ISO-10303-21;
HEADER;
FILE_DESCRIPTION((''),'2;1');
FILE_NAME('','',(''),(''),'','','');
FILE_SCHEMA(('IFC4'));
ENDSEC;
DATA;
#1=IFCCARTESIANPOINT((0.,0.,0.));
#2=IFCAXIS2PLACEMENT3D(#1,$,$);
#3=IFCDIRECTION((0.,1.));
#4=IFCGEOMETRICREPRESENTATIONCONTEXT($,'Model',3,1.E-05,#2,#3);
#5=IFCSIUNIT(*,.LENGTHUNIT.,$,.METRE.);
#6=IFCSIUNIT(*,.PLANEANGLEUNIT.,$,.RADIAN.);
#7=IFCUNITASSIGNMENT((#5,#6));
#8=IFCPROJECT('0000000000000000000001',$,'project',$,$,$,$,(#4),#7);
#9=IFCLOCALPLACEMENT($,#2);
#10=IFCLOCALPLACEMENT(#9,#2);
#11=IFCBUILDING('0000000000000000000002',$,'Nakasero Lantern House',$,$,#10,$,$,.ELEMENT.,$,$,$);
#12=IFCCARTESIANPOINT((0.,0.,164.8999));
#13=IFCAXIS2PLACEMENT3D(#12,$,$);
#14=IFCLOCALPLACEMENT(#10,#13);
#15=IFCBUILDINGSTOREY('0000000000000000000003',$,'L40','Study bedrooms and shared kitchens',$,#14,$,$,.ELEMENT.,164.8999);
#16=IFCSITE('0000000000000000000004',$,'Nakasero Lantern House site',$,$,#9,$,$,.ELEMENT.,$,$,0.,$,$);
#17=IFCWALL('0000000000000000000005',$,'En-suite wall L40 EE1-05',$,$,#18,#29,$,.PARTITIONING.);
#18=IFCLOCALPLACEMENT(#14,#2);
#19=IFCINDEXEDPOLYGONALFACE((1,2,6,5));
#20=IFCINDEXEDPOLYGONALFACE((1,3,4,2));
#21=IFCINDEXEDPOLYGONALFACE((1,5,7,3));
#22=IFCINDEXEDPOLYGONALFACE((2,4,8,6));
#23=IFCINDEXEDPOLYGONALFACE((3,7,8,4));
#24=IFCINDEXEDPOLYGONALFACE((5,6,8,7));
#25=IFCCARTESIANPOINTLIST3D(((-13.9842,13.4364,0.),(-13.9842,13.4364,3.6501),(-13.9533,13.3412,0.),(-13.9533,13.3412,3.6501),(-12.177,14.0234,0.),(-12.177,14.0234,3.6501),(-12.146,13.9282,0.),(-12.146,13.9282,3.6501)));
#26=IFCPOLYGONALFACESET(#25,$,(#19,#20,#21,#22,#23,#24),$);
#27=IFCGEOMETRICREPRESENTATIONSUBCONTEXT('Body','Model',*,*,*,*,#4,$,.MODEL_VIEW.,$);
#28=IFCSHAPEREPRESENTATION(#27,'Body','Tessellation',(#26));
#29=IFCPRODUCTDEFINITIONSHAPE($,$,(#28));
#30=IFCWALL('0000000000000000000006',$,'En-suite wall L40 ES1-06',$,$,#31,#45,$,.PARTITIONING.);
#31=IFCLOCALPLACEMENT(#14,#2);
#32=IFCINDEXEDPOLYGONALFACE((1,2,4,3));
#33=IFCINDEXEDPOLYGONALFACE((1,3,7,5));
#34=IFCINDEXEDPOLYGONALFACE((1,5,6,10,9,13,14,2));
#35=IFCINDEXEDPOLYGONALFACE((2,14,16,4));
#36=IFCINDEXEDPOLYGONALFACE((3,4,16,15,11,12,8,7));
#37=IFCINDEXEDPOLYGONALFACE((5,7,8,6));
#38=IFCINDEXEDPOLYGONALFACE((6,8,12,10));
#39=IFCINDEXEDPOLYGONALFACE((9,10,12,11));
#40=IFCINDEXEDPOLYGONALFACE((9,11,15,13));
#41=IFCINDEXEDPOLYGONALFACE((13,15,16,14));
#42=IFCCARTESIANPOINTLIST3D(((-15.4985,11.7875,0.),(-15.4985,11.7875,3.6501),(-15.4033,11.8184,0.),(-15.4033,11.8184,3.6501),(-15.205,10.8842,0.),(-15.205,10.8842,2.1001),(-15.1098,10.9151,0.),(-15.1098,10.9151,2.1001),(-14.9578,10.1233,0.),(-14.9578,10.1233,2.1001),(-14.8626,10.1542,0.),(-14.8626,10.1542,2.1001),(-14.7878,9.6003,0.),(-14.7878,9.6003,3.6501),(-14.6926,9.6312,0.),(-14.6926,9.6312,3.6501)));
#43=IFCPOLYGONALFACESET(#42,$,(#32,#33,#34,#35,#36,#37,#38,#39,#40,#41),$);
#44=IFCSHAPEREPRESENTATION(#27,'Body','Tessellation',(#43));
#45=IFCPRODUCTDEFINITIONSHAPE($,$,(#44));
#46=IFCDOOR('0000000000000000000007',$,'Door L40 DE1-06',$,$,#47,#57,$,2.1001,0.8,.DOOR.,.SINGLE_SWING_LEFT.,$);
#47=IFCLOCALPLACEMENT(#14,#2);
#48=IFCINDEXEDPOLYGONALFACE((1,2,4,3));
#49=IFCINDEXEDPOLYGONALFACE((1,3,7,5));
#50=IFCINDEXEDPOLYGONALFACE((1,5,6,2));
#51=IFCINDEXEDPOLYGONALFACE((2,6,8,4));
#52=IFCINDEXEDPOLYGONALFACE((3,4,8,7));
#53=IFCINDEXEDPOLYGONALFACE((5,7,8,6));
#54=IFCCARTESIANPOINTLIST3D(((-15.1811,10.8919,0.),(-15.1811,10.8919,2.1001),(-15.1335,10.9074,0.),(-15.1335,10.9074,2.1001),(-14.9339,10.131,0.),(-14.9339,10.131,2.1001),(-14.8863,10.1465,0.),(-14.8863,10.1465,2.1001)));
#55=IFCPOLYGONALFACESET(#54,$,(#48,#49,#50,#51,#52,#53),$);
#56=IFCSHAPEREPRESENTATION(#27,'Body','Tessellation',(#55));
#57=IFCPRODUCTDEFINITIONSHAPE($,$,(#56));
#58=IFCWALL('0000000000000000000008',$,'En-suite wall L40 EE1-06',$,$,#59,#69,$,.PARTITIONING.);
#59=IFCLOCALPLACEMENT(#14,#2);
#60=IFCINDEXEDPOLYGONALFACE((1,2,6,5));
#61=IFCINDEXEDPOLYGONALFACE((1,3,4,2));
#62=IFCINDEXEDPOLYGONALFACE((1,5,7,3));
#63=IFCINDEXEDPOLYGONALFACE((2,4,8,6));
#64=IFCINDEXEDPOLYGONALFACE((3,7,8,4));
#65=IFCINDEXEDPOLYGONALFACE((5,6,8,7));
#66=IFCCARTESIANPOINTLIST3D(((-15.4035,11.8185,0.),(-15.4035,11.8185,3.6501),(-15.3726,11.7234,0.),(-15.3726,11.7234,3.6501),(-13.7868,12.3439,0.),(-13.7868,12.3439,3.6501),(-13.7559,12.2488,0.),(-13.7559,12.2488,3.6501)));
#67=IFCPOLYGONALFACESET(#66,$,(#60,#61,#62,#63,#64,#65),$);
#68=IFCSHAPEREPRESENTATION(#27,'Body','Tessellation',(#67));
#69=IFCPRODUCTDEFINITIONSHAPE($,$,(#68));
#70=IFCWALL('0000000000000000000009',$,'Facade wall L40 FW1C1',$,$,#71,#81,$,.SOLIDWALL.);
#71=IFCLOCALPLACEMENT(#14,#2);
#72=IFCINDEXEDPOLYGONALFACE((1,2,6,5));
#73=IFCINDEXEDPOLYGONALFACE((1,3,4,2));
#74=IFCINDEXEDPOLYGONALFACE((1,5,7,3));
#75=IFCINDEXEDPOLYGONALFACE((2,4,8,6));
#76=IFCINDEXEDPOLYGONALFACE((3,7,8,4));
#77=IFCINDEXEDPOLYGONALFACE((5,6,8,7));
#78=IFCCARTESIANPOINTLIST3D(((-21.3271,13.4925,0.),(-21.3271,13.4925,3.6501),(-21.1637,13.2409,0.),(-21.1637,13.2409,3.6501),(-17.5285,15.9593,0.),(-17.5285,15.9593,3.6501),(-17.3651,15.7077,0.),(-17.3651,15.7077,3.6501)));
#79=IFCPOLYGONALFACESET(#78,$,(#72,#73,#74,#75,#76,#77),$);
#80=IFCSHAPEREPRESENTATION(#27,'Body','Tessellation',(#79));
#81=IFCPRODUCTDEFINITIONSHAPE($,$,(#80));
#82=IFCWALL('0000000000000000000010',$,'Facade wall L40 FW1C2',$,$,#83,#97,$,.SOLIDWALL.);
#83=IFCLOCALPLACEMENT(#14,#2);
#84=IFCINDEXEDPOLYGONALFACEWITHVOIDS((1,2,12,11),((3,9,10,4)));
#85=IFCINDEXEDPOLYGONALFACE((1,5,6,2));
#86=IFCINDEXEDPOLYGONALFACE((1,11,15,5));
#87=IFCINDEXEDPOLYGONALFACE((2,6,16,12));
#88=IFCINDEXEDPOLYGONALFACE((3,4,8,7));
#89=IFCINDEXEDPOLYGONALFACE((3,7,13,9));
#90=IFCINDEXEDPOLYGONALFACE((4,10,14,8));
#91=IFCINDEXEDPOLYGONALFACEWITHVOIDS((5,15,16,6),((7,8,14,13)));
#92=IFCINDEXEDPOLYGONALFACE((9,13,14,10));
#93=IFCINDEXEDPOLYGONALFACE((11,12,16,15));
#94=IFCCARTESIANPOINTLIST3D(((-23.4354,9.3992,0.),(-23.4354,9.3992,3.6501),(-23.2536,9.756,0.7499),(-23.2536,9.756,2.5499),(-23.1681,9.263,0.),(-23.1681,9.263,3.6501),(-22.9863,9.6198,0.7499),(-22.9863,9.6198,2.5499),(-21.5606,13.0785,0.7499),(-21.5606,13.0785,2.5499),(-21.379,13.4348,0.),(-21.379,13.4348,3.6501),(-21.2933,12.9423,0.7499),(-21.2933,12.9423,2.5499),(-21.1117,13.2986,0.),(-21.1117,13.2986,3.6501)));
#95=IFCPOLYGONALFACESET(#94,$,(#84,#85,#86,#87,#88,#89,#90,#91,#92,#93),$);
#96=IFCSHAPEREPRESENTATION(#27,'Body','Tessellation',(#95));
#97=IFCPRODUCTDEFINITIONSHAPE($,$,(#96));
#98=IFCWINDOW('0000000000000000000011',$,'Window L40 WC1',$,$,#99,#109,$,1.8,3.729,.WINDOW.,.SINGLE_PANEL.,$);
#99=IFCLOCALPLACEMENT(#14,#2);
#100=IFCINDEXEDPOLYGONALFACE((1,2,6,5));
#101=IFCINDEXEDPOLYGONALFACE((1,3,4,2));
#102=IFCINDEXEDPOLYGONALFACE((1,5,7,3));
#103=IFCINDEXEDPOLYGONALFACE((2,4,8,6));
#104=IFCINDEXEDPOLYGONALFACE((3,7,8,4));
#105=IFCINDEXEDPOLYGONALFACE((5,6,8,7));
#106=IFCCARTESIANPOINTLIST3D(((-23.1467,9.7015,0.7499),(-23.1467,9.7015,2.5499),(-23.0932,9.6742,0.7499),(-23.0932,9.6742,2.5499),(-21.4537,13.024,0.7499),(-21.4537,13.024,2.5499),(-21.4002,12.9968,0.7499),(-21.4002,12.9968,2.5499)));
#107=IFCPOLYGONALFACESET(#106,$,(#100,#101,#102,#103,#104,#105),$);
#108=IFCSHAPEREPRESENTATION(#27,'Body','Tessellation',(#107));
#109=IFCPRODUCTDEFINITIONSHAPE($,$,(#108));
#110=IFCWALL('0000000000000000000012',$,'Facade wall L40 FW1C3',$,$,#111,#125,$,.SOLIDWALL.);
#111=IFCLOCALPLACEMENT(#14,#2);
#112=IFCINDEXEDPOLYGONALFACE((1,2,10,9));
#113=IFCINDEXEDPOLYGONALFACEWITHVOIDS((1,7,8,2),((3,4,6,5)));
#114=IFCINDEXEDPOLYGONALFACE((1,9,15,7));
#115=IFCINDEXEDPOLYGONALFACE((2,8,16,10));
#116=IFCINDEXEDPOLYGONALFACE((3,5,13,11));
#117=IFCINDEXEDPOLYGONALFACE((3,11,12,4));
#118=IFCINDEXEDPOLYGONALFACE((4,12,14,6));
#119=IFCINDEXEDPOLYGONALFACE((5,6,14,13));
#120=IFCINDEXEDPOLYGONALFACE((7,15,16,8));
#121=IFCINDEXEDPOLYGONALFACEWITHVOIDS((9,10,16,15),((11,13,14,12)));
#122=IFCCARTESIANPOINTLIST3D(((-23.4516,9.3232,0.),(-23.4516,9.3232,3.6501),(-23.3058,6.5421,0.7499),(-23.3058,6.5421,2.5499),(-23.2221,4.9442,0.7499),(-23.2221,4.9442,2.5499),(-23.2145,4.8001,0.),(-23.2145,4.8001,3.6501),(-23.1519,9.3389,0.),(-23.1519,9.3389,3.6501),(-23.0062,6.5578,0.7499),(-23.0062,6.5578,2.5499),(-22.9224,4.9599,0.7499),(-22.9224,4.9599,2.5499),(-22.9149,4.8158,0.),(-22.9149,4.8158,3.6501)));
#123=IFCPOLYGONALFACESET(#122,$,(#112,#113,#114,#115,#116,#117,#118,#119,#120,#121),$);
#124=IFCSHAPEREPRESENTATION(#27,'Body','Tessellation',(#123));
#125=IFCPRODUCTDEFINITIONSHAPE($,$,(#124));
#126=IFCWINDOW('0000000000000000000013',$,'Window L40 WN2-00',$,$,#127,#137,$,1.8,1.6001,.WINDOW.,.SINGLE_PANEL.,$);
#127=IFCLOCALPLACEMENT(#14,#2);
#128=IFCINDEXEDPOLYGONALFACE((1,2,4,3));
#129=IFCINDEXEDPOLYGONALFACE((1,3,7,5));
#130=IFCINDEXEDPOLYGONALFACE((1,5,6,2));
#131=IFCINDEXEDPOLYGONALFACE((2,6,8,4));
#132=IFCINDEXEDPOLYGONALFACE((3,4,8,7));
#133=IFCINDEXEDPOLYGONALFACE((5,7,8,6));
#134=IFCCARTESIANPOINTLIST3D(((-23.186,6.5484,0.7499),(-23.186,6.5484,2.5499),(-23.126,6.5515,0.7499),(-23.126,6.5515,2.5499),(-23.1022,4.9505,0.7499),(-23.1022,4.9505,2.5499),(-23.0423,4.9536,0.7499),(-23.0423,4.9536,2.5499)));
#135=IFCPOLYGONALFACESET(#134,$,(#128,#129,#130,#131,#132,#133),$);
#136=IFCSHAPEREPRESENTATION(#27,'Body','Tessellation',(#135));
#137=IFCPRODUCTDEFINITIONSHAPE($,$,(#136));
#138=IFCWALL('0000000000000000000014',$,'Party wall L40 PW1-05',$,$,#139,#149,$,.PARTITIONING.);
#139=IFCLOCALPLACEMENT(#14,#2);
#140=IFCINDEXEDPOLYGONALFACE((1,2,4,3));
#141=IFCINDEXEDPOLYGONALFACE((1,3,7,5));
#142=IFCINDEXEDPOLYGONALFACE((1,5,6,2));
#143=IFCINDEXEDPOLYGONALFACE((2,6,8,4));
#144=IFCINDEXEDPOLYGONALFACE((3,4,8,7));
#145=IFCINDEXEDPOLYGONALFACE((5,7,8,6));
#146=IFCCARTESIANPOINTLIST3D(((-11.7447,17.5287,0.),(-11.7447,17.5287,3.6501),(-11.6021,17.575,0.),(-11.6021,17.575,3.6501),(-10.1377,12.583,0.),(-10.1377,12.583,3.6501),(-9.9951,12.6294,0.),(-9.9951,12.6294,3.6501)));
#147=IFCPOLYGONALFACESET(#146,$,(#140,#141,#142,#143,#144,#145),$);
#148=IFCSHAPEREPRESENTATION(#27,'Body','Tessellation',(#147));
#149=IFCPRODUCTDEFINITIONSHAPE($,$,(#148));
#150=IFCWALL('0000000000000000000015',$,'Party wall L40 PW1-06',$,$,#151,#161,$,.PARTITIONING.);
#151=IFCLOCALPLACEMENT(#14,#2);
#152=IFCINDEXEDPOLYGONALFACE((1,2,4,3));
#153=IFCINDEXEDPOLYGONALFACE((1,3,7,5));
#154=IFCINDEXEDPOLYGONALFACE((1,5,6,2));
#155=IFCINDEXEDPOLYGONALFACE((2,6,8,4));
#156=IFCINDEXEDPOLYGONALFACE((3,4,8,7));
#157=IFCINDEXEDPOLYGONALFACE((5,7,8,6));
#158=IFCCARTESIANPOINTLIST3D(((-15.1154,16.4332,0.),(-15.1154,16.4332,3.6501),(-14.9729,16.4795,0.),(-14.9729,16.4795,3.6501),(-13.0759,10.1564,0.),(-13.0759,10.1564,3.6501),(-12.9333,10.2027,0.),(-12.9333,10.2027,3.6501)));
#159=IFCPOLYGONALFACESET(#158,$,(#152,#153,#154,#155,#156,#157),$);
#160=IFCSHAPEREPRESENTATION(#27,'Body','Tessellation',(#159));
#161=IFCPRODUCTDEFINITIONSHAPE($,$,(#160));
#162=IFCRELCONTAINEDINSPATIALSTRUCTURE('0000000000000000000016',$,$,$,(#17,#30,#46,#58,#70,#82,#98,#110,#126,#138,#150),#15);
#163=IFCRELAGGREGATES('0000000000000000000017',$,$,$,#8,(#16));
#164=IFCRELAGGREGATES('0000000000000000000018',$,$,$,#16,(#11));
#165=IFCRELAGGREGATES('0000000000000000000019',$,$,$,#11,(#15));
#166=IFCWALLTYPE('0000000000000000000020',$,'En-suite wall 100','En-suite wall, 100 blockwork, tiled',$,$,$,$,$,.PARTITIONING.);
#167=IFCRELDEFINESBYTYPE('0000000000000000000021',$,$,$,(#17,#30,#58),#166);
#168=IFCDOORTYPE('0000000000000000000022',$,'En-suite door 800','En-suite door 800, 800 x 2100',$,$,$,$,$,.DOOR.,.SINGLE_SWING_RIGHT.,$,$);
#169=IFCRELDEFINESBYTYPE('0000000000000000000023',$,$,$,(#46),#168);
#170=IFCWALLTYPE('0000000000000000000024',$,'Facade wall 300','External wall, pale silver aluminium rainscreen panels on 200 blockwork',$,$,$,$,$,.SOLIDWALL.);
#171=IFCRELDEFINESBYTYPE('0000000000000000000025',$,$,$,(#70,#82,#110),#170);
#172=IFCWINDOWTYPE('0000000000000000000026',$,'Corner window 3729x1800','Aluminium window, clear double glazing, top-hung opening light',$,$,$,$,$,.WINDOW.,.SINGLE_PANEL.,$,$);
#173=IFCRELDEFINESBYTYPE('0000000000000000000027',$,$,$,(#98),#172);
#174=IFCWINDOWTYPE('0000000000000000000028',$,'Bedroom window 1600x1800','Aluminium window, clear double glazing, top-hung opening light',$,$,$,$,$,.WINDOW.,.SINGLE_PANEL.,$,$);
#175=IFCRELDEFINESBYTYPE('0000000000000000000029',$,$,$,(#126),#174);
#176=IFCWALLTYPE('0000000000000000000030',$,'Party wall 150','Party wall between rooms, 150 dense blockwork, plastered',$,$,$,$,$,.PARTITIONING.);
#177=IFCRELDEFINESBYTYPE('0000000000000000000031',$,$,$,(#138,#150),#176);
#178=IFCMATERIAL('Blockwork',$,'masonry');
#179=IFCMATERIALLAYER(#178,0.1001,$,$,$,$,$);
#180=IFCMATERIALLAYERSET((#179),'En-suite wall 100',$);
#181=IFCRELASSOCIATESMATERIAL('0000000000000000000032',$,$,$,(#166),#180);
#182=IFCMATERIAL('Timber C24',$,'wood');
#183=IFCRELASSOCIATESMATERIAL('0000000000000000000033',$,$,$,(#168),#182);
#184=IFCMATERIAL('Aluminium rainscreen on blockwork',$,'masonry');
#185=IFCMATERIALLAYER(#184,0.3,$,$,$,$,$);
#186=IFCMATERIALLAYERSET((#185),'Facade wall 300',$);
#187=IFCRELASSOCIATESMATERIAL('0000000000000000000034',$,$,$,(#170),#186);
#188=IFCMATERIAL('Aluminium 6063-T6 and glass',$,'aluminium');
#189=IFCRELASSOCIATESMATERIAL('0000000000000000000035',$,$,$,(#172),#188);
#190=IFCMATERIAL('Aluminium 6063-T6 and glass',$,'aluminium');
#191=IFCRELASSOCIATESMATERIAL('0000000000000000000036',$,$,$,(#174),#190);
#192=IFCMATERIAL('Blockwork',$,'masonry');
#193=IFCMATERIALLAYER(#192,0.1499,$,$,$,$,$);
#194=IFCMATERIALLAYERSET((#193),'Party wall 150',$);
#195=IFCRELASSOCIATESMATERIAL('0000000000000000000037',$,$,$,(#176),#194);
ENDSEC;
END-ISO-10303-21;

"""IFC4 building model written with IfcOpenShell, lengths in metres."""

from ifc_helpers import new_model, si_unit, direction, frame, frame_2d, origin, place, context, subcontext, project, spatial, rectangle, extrude, material, layer, layer_set, type_object, element, fill, save


model = new_model("IFC4")

# Units and contexts
model_context = context("Model", 3, precision=1e-05, world=origin(), true_north=direction((0.0, 1.0)))
body_context = subcontext(model_context, "Body", "Model", "MODEL_VIEW")
ifc_project = project(units=[si_unit("LENGTHUNIT", "METRE"), si_unit("PLANEANGLEUNIT", "RADIAN")], contexts=[model_context])

# Site, building, storey
site_placement = place(None, origin())
site = spatial("IfcSite", under=ifc_project, at=site_placement, Name="Nakasero Lantern House site", CompositionType="ELEMENT", RefElevation=0.0)
building_placement = place(site_placement, origin())
building = spatial("IfcBuilding", under=site, at=building_placement, Name="Nakasero Lantern House", CompositionType="ELEMENT")
storey_placement = place(building_placement, frame((0.0, 0.0, 164.8999)))
storey = spatial("IfcBuildingStorey", under=building, at=storey_placement, Name="L40", Description="Study bedrooms and shared kitchens", CompositionType="ELEMENT", Elevation=164.8999)

# Shared definitions
ifc_material_1 = material(Name="Blockwork", Category="masonry")
ifc_layer_1 = layer(ifc_material_1, 0.1001)
ifc_layer_set_1 = layer_set([ifc_layer_1], Name="En-suite wall 100")
wall_type_1 = type_object("IfcWallType", Name="En-suite wall 100", Description="En-suite wall, 100 blockwork, tiled", PredefinedType="PARTITIONING", material=ifc_layer_set_1)
ifc_material_2 = material(Name="Timber C24", Category="wood")
door_type_1 = type_object("IfcDoorType", Name="En-suite door 800", Description="En-suite door 800, 800 x 2100", OperationType="SINGLE_SWING_RIGHT", PredefinedType="DOOR", material=ifc_material_2)

# Wall
wall_1_placement = place(storey_placement, frame((-12.1614, 13.9758, 0.0), z_axis=(0.0, 0.0, 1.0), x_axis=(-0.951096, -0.308894, 0.0)))
element("IfcWall", 1, at=wall_1_placement, inside=storey, type_object=wall_type_1, Name="En-suite wall L40 EE1-05", PredefinedType="PARTITIONING", context=body_context, shape_type="SweptSolid", body=[
    extrude(rectangle(XDim=1.9001, YDim=0.1001, at=frame_2d((0.9502, 0.0))), origin(), (0.0, 0.0, 1.0), 3.6501),
])

# Wall, opening, door
wall_2_placement = place(storey_placement, frame((-14.7402, 9.6157, 0.0), z_axis=(0.0, 0.0, 1.0), x_axis=(-0.309021, 0.951055, 0.0)))
wall_2 = element("IfcWall", 2, at=wall_2_placement, inside=storey, type_object=wall_type_1, Name="En-suite wall L40 ES1-06", PredefinedType="PARTITIONING", context=body_context, shape_type="SweptSolid", body=[
    extrude(rectangle(XDim=2.2998, YDim=0.1001, at=frame_2d((1.1499, 0.0))), origin(), (0.0, 0.0, 1.0), 3.6501),
])
opening_1_placement = place(wall_2_placement, frame((0.55, 0.0, 0.0)))
opening_1 = element("IfcOpeningElement", 3, at=opening_1_placement, cuts=wall_2, PredefinedType="OPENING", context=body_context, shape_type="SweptSolid", body=[
    extrude(rectangle(XDim=0.8, YDim=2.1001, at=frame_2d((0.3999, 1.05))), frame((0.0, 0.0701, 0.0), z_axis=(0.0, -1.0, 0.0), x_axis=(1.0, 0.0, 0.0)), (0.0, 0.0, 1.0), 0.1401),
])
door_1_placement = place(opening_1_placement, origin())
door_1 = element("IfcDoor", 4, at=door_1_placement, inside=storey, type_object=door_type_1, Name="Door L40 DE1-06", OperationType="SINGLE_SWING_LEFT", OverallHeight=2.1001, OverallWidth=0.8, PredefinedType="DOOR", context=body_context, shape_type="SweptSolid", body=[
    extrude(rectangle(XDim=0.8, YDim=2.1001, at=frame_2d((0.3999, 1.05))), frame((0.0, 0.0249, 0.0), z_axis=(0.0, -1.0, 0.0), x_axis=(1.0, 0.0, 0.0)), (0.0, 0.0, 1.0), 0.05),
])
fill(opening_1, door_1)

# Walls
wall_3_placement = place(storey_placement, frame((-13.7712, 12.2964, 0.0), z_axis=(0.0, 0.0, 1.0), x_axis=(-0.95104, -0.309067, 0.0)))
element("IfcWall", 5, at=wall_3_placement, inside=storey, type_object=wall_type_1, Name="En-suite wall L40 EE1-06", PredefinedType="PARTITIONING", context=body_context, shape_type="SweptSolid", body=[
    extrude(rectangle(XDim=1.7, YDim=0.1001, at=frame_2d((0.8501, 0.0))), origin(), (0.0, 0.0, 1.0), 3.6501),
])
ifc_material_3 = material(Name="Aluminium rainscreen on blockwork", Category="masonry")
ifc_layer_2 = layer(ifc_material_3, 0.3)
ifc_layer_set_2 = layer_set([ifc_layer_2], Name="Facade wall 300")
wall_type_2 = type_object("IfcWallType", Name="Facade wall 300", Description="External wall, pale silver aluminium rainscreen panels on 200 blockwork", PredefinedType="SOLIDWALL", material=ifc_layer_set_2)
wall_4_placement = place(storey_placement, frame((-17.4468, 15.8335, 0.0), z_axis=(0.0, 0.0, 1.0), x_axis=(-0.838674, -0.544634, 0.0)))
element("IfcWall", 6, at=wall_4_placement, inside=storey, type_object=wall_type_2, Name="Facade wall L40 FW1C1", PredefinedType="SOLIDWALL", context=body_context, shape_type="SweptSolid", body=[
    extrude(rectangle(XDim=4.5293, YDim=0.3, at=frame_2d((2.2646, 0.0))), origin(), (0.0, 0.0, 1.0), 3.6501),
])

# Walls, openings, windows
wall_5_placement = place(storey_placement, frame((-21.2454, 13.3667, 0.0), z_axis=(0.0, 0.0, 1.0), x_axis=(-0.454014, -0.890995, 0.0)))
wall_5 = element("IfcWall", 7, at=wall_5_placement, inside=storey, type_object=wall_type_2, Name="Facade wall L40 FW1C2", PredefinedType="SOLIDWALL", context=body_context, shape_type="SweptSolid", body=[
    extrude(rectangle(XDim=4.5293, YDim=0.3, at=frame_2d((2.2646, 0.0))), origin(), (0.0, 0.0, 1.0), 3.6501),
])
opening_2_placement = place(wall_5_placement, frame((0.3999, 0.0, 0.75)))
opening_2 = element("IfcOpeningElement", 8, at=opening_2_placement, cuts=wall_5, PredefinedType="OPENING", context=body_context, shape_type="SweptSolid", body=[
    extrude(rectangle(XDim=3.729, YDim=1.8, at=frame_2d((1.8645, 0.8999))), frame((0.0, 0.1699, 0.0), z_axis=(0.0, -1.0, 0.0), x_axis=(1.0, 0.0, 0.0)), (0.0, 0.0, 1.0), 0.3401),
])
ifc_material_4 = material(Name="Aluminium 6063-T6 and glass", Category="aluminium")
window_type_1 = type_object("IfcWindowType", Name="Corner window 3729x1800", Description="Aluminium window, clear double glazing, top-hung opening light", PartitioningType="SINGLE_PANEL", PredefinedType="WINDOW", material=ifc_material_4)
window_1_placement = place(opening_2_placement, origin())
window_1 = element("IfcWindow", 9, at=window_1_placement, inside=storey, type_object=window_type_1, Name="Window L40 WC1", OverallHeight=1.8, OverallWidth=3.729, PartitioningType="SINGLE_PANEL", PredefinedType="WINDOW", context=body_context, shape_type="SweptSolid", body=[
    extrude(rectangle(XDim=3.729, YDim=1.8, at=frame_2d((1.8645, 0.8999))), frame((0.0, 0.03, 0.0), z_axis=(0.0, -1.0, 0.0), x_axis=(1.0, 0.0, 0.0)), (0.0, 0.0, 1.0), 0.0601),
])
fill(opening_2, window_1)
wall_6_placement = place(storey_placement, frame((-23.3018, 9.3311, 0.0), z_axis=(0.0, 0.0, 1.0), x_axis=(0.052338, -0.998629, 0.0)))
wall_6 = element("IfcWall", 10, at=wall_6_placement, inside=storey, type_object=wall_type_2, Name="Facade wall L40 FW1C3", PredefinedType="SOLIDWALL", context=body_context, shape_type="SweptSolid", body=[
    extrude(rectangle(XDim=4.5293, YDim=0.3, at=frame_2d((2.2646, 0.0))), origin(), (0.0, 0.0, 1.0), 3.6501),
])
opening_3_placement = place(wall_6_placement, frame((2.7849, 0.0, 0.75)))
opening_3 = element("IfcOpeningElement", 11, at=opening_3_placement, cuts=wall_6, PredefinedType="OPENING", context=body_context, shape_type="SweptSolid", body=[
    extrude(rectangle(XDim=1.6001, YDim=1.8, at=frame_2d((0.8, 0.8999))), frame((0.0, 0.1699, 0.0), z_axis=(0.0, -1.0, 0.0), x_axis=(1.0, 0.0, 0.0)), (0.0, 0.0, 1.0), 0.3401),
])
ifc_material_5 = material(Name="Aluminium 6063-T6 and glass", Category="aluminium")
window_type_2 = type_object("IfcWindowType", Name="Bedroom window 1600x1800", Description="Aluminium window, clear double glazing, top-hung opening light", PartitioningType="SINGLE_PANEL", PredefinedType="WINDOW", material=ifc_material_5)
window_2_placement = place(opening_3_placement, origin())
window_2 = element("IfcWindow", 12, at=window_2_placement, inside=storey, type_object=window_type_2, Name="Window L40 WN2-00", OverallHeight=1.8, OverallWidth=1.6001, PartitioningType="SINGLE_PANEL", PredefinedType="WINDOW", context=body_context, shape_type="SweptSolid", body=[
    extrude(rectangle(XDim=1.6001, YDim=1.8, at=frame_2d((0.8, 0.8999))), frame((0.0, 0.03, 0.0), z_axis=(0.0, -1.0, 0.0), x_axis=(1.0, 0.0, 0.0)), (0.0, 0.0, 1.0), 0.0601),
])
fill(opening_3, window_2)

# Walls
ifc_material_6 = material(Name="Blockwork", Category="masonry")
ifc_layer_3 = layer(ifc_material_6, 0.1499)
ifc_layer_set_3 = layer_set([ifc_layer_3], Name="Party wall 150")
wall_type_3 = type_object("IfcWallType", Name="Party wall 150", Description="Party wall between rooms, 150 dense blockwork, plastered", PredefinedType="PARTITIONING", material=ifc_layer_set_3)
wall_7_placement = place(storey_placement, frame((-10.0664, 12.6062, 0.0), z_axis=(0.0, 0.0, 1.0), x_axis=(-0.309021, 0.951055, 0.0)))
element("IfcWall", 13, at=wall_7_placement, inside=storey, type_object=wall_type_3, Name="Party wall L40 PW1-05", PredefinedType="PARTITIONING", context=body_context, shape_type="SweptSolid", body=[
    extrude(rectangle(XDim=5.2002, YDim=0.1499, at=frame_2d((2.6001, 0.0))), origin(), (0.0, 0.0, 1.0), 3.6501),
])
wall_8_placement = place(storey_placement, frame((-13.0046, 10.1797, 0.0), z_axis=(0.0, 0.0, 1.0), x_axis=(-0.309028, 0.951053, 0.0)))
element("IfcWall", 14, at=wall_8_placement, inside=storey, type_object=wall_type_3, Name="Party wall L40 PW1-06", PredefinedType="PARTITIONING", context=body_context, shape_type="SweptSolid", body=[
    extrude(rectangle(XDim=6.5999, YDim=0.1499, at=frame_2d((3.2998, 0.0))), origin(), (0.0, 0.0, 1.0), 3.6501),
])

save(model, "model.ifc")
